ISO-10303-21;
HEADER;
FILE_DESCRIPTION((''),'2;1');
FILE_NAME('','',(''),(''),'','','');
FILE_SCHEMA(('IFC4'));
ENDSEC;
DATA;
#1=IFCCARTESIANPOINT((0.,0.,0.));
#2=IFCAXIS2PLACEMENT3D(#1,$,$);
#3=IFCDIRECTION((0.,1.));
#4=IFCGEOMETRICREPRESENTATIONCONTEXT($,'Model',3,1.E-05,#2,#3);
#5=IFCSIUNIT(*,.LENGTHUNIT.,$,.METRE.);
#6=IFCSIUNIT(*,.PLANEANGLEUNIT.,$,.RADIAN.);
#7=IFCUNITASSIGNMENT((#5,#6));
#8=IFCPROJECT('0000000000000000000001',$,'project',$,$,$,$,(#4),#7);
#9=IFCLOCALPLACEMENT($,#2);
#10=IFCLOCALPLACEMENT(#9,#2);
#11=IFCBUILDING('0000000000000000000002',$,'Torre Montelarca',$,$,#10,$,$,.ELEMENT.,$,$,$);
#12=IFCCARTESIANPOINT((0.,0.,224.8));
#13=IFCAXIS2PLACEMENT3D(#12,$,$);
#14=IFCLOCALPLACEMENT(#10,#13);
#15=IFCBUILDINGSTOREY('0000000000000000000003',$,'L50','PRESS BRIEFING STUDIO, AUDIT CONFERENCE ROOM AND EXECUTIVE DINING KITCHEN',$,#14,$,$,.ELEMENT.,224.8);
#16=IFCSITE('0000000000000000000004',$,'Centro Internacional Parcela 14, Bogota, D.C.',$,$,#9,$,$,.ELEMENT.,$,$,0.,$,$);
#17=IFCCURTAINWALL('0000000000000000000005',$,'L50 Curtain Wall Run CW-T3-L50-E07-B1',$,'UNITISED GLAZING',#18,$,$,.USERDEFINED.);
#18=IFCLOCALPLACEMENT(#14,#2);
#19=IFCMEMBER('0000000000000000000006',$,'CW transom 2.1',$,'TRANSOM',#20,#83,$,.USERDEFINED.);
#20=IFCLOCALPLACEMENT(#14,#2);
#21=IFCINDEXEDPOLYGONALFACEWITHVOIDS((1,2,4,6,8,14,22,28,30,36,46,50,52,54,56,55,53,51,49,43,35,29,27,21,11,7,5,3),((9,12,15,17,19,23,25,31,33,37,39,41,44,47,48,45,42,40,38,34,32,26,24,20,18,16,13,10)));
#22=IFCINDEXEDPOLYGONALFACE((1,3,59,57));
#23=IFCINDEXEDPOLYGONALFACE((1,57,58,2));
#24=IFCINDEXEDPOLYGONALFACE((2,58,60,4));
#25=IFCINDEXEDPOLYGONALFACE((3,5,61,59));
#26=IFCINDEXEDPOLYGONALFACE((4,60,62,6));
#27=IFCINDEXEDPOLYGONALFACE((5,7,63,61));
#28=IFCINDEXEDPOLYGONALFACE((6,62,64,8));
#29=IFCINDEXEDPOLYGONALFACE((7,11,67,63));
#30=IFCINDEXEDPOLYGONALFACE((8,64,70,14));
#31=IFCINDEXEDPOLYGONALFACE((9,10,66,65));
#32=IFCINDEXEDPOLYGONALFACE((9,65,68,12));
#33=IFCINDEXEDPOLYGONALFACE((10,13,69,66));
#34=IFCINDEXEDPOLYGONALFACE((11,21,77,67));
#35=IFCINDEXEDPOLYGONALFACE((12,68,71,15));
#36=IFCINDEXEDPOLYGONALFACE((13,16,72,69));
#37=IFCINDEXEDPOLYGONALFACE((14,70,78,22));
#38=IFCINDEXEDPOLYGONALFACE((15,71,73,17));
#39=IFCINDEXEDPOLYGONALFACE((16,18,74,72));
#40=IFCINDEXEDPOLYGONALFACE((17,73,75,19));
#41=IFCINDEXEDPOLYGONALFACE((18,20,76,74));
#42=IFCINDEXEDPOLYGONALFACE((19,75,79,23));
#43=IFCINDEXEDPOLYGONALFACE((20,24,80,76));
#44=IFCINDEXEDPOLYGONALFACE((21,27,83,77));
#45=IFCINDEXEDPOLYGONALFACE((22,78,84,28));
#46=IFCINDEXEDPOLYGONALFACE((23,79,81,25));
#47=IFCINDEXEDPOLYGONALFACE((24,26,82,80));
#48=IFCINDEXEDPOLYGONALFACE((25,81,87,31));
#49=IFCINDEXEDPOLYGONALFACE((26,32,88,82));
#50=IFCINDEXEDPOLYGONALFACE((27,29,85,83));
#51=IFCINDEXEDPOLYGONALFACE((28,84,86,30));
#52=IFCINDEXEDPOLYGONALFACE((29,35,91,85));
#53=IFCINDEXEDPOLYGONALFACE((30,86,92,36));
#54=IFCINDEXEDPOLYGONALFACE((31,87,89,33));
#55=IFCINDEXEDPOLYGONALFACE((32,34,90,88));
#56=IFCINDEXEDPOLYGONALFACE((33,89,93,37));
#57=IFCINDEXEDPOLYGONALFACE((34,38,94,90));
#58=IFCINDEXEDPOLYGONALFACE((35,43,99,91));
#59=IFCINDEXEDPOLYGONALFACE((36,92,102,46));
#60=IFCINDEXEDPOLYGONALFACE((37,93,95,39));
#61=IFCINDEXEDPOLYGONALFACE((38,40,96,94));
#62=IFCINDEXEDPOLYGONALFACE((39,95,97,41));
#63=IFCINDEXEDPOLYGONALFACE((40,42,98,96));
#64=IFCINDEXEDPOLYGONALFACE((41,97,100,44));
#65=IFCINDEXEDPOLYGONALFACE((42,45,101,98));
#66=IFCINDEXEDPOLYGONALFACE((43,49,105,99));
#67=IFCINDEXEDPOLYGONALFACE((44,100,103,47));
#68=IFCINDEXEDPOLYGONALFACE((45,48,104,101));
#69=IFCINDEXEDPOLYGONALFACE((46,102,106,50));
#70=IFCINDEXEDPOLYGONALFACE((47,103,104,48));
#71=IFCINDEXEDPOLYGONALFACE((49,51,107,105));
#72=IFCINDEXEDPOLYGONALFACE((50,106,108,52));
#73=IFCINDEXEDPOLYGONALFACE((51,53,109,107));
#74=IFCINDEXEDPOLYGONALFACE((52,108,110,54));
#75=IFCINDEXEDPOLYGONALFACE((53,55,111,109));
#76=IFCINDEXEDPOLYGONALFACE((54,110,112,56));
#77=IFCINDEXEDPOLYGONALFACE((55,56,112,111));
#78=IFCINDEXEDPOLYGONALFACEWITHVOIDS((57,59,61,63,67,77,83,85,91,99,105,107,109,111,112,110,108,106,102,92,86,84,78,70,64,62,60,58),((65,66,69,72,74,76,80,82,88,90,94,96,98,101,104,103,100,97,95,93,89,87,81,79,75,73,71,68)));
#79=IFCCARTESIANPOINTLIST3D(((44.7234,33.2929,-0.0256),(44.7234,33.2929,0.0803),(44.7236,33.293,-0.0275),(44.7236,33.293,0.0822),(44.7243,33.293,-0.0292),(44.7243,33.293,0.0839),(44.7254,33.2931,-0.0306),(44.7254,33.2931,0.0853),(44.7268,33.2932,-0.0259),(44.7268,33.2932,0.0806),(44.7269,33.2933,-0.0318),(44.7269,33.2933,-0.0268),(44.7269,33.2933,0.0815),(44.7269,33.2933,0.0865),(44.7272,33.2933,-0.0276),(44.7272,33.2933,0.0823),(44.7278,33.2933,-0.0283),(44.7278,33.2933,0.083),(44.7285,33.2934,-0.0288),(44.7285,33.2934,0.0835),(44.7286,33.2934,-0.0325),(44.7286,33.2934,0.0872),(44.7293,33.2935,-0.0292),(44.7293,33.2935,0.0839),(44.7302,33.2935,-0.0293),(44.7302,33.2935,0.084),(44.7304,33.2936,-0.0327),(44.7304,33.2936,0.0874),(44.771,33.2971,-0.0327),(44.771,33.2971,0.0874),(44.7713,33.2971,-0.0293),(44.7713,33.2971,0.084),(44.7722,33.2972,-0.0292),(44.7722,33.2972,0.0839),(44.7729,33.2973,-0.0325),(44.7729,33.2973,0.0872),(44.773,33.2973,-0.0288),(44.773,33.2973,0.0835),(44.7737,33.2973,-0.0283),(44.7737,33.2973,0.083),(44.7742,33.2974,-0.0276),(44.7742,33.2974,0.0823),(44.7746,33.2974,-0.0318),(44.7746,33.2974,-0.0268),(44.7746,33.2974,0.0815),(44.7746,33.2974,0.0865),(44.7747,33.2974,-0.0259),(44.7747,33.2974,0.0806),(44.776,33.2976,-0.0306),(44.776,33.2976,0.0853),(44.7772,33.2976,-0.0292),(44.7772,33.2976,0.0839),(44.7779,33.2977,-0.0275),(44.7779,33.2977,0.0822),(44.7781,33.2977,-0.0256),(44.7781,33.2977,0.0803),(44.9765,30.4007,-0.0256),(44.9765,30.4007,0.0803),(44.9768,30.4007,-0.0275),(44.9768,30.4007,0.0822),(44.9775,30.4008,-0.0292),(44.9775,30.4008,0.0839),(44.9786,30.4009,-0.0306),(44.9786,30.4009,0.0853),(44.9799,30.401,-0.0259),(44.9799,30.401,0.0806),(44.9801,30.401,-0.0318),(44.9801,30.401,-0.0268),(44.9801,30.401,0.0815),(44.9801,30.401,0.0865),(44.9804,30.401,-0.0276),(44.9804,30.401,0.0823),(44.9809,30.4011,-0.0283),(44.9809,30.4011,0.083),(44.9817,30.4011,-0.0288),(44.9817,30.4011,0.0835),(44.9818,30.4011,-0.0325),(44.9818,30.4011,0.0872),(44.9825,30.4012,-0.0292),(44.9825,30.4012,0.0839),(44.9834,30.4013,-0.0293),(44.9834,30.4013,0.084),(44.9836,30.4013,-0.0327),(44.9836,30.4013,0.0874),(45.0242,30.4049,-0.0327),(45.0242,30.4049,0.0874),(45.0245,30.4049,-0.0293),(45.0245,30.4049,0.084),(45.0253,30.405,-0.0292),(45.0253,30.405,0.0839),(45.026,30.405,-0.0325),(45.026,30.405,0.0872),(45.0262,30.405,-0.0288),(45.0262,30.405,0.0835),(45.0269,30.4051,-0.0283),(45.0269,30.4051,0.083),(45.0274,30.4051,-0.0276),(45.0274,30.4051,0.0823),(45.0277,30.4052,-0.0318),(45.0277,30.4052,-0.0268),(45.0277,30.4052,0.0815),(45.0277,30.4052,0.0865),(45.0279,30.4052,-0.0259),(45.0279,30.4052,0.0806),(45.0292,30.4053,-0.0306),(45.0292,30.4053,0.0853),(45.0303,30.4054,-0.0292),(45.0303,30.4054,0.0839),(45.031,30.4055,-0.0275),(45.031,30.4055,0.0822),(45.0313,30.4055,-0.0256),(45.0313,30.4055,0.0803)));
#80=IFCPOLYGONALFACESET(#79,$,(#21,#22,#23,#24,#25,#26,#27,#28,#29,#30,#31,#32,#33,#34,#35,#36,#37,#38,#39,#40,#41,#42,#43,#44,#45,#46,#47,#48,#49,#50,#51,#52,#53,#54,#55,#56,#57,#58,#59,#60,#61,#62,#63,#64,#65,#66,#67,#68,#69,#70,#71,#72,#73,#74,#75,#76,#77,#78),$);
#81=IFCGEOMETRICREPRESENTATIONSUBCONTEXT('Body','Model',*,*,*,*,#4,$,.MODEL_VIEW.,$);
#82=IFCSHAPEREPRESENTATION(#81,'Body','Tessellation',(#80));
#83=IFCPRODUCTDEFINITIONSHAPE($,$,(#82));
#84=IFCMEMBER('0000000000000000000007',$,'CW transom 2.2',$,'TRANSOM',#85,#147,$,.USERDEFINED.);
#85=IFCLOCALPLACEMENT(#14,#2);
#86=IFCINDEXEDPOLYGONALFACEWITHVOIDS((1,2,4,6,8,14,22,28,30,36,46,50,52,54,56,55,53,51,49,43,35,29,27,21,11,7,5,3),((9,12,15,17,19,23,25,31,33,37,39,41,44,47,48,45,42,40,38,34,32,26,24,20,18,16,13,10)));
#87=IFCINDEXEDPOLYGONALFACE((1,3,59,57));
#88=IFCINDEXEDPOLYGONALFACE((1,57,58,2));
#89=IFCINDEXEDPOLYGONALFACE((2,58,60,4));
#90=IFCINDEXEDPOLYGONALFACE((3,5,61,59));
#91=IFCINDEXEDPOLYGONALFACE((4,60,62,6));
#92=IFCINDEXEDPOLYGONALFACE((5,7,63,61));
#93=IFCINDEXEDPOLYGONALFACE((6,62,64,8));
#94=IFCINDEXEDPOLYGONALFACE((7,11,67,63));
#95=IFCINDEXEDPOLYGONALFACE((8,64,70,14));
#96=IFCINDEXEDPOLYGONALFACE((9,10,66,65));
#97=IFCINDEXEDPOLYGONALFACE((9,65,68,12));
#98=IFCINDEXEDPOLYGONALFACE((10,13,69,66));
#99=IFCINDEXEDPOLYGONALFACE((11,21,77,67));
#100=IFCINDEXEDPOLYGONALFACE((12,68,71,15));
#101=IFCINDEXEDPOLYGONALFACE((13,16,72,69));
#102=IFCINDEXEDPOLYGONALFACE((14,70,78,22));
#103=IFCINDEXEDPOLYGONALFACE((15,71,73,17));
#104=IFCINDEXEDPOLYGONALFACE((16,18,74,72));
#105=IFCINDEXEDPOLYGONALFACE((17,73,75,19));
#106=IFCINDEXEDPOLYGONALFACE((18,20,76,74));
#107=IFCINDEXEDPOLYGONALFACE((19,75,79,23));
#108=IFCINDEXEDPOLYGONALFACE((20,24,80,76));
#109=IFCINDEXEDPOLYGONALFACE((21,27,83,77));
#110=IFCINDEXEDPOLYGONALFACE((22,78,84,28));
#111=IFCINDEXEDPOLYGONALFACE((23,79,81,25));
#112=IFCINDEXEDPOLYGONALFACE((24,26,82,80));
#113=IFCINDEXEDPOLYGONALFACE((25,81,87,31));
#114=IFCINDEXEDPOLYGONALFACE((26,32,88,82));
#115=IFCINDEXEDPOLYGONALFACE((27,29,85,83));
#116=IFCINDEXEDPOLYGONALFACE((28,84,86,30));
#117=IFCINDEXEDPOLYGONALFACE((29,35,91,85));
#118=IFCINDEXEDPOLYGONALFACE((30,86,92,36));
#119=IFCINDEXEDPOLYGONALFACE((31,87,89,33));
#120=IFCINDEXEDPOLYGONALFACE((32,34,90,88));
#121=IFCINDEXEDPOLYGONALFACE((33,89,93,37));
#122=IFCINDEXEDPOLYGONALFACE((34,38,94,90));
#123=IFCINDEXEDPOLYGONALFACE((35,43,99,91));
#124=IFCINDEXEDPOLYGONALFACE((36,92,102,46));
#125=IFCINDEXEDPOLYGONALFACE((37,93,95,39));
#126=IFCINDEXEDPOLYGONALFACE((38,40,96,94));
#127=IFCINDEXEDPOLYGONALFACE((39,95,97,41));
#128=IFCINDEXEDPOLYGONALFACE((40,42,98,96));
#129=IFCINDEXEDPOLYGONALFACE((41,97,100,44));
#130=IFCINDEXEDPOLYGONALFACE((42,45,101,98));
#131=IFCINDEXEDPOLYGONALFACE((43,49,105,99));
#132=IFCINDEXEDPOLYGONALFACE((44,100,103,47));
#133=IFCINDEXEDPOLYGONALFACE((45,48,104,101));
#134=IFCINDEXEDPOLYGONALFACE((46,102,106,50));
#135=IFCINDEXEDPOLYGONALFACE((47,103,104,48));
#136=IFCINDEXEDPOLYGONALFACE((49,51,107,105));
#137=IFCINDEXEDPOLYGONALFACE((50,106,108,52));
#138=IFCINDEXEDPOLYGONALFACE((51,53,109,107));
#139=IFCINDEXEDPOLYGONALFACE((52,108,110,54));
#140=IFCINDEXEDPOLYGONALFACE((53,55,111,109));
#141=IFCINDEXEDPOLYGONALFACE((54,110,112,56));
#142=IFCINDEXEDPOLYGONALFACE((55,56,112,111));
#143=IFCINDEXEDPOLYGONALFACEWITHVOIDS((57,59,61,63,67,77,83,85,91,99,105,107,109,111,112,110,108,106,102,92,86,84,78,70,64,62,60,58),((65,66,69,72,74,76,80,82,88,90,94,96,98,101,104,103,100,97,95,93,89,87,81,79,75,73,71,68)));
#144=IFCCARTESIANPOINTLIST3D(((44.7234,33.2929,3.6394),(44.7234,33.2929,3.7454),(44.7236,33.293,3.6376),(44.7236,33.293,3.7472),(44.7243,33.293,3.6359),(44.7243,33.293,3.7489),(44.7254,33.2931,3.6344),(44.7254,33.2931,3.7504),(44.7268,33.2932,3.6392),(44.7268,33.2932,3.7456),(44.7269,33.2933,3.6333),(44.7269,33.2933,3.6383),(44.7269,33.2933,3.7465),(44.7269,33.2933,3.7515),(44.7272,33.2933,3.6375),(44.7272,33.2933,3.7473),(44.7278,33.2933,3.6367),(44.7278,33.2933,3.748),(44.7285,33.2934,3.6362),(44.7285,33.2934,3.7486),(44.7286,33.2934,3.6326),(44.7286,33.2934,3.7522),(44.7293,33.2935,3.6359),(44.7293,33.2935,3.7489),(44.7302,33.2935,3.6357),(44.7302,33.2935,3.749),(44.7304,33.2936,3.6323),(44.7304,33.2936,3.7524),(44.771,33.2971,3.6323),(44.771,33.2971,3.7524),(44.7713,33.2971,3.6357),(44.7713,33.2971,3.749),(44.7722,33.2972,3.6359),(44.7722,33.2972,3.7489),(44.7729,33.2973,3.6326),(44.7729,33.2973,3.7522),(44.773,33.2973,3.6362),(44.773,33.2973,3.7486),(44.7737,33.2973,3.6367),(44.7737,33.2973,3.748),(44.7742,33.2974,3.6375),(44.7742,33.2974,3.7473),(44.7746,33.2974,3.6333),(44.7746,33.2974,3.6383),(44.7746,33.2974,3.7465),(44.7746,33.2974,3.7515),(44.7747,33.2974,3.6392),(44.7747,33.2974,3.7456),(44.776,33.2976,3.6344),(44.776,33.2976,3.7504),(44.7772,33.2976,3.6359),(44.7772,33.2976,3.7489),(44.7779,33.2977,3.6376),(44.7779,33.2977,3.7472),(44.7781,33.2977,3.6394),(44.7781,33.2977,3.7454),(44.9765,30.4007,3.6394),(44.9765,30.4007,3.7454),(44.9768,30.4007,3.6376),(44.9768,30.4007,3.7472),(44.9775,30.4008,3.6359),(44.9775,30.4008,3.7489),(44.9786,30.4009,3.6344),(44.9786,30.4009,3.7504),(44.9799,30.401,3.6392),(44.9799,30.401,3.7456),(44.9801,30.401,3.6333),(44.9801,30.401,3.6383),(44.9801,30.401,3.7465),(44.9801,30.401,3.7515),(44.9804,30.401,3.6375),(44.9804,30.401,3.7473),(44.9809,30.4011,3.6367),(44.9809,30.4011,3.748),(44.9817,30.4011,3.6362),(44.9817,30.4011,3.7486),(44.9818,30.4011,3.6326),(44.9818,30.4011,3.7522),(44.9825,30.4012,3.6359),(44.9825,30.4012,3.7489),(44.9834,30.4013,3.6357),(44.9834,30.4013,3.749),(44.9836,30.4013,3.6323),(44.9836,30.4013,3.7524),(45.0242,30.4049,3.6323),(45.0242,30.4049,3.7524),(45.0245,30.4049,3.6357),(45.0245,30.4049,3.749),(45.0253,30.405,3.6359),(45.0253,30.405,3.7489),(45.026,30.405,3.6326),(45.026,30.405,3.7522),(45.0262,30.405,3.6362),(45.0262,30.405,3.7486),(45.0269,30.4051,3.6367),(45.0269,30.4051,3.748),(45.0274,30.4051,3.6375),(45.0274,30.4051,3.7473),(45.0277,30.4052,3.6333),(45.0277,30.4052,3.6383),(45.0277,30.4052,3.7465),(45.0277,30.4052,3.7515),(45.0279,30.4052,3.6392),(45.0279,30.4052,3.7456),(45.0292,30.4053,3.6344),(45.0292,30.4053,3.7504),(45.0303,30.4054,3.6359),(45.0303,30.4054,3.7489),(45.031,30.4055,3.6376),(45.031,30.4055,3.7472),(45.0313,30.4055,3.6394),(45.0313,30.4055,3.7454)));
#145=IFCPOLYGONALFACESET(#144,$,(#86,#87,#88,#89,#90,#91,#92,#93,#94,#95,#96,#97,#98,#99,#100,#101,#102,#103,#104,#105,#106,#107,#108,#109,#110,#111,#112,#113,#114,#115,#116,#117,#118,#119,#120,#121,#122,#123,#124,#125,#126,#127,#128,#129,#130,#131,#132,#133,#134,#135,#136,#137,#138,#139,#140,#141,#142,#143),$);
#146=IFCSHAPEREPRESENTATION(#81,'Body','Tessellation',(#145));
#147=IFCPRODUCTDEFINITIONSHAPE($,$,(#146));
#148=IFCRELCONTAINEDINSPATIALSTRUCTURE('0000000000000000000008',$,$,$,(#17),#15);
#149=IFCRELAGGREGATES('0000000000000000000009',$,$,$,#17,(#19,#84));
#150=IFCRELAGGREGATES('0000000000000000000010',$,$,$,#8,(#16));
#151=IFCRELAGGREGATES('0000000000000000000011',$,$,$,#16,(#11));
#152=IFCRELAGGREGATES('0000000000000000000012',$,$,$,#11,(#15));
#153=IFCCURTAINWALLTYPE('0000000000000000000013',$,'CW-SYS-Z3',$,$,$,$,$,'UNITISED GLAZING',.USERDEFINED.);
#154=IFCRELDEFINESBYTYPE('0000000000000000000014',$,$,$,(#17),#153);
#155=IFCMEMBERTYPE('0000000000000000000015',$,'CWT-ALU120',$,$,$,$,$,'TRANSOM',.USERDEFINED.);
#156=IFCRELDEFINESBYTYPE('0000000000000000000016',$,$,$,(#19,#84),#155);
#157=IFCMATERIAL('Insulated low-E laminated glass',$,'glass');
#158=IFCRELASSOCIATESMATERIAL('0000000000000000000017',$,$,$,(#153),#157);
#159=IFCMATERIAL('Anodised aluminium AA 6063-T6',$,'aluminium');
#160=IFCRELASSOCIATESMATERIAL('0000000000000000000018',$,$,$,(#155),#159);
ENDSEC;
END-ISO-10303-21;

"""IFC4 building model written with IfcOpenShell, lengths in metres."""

from ifc_helpers import new_model, si_unit, direction, frame, origin, origin_2d, place, context, subcontext, project, spatial, hollow_rectangle, extrude, source, transform, mapped, material, material_profile, profile_set, type_object, element, aggregate, save


model = new_model("IFC4")

# Units and contexts
model_context = context("Model", 3, precision=1e-05, world=origin(), true_north=direction((0.0, 1.0)))
body_context = subcontext(model_context, "Body", "Model", "MODEL_VIEW")
ifc_project = project(units=[si_unit("LENGTHUNIT", "METRE"), si_unit("PLANEANGLEUNIT", "RADIAN")], contexts=[model_context])

# Site, building, storey
site_placement = place(None, origin())
site = spatial("IfcSite", under=ifc_project, at=site_placement, Name="Centro Internacional Parcela 14, Bogota, D.C.", CompositionType="ELEMENT", RefElevation=0.0)
building_placement = place(site_placement, origin())
building = spatial("IfcBuilding", under=site, at=building_placement, Name="Torre Montelarca", CompositionType="ELEMENT")
storey_placement = place(building_placement, frame((0.0, 0.0, 224.8)))
storey = spatial("IfcBuildingStorey", under=building, at=storey_placement, Name="L50", Description="PRESS BRIEFING STUDIO, AUDIT CONFERENCE ROOM AND EXECUTIVE DINING KITCHEN", CompositionType="ELEMENT", Elevation=224.8)

# Curtain wall, members
ifc_material_1 = material(Name="Insulated low-E laminated glass", Category="glass")
curtain_wall_type = type_object("IfcCurtainWallType", Name="CW-SYS-Z3", ElementType="UNITISED GLAZING", PredefinedType="USERDEFINED", material=ifc_material_1)
ifc_material_2 = material(Name="Anodised aluminium AA 6063-T6", Category="aluminium")
ifc_material_profile_1 = material_profile(ifc_material_2, hollow_rectangle(XDim=0.0549, YDim=0.1201, WallThickness=0.0034, InnerFilletRadius=0.0034, OuterFilletRadius=0.0071, at=origin_2d()), Name="ALU55X120X3.5", Category="aluminium")
ifc_profile_set_1 = profile_set([ifc_material_profile_1], Name="Anodised aluminium AA 6063-T6")
member_type_1 = type_object("IfcMemberType", Name="CWT-ALU120", ElementType="TRANSOM", PredefinedType="USERDEFINED", material=ifc_profile_set_1)
curtain_wall_1_placement = place(storey_placement, origin())
curtain_wall_1 = element("IfcCurtainWall", 1, at=curtain_wall_1_placement, inside=storey, type_object=curtain_wall_type, Name="L50 Curtain Wall Run CW-T3-L50-E07-B1", ObjectType="UNITISED GLAZING", PredefinedType="USERDEFINED")
shared_shape_1 = source(origin(), body_context, "Body", "SweptSolid", [
    extrude(hollow_rectangle(XDim=0.0549, YDim=0.1201, WallThickness=0.0034, InnerFilletRadius=0.0034, OuterFilletRadius=0.0071, at=origin_2d()), origin(), (0.0, 0.0, 1.0), 2.9033),
])
member_1_placement = place(storey_placement, frame((45.0039, 30.4031, 0.0273), z_axis=(-0.087199, 0.996191, 0.0), x_axis=(-0.996191, -0.087199, 0.0)))
member_1 = element("IfcMember", 2, at=member_1_placement, type_object=member_type_1, Name="CW transom 2.1", ObjectType="TRANSOM", PredefinedType="USERDEFINED", context=body_context, shape_type="MappedRepresentation", body=[
    mapped(shared_shape_1, transform((0.0, 0.0, 0.0), scale=1.0)),
])
member_2_placement = place(storey_placement, frame((45.0039, 30.4031, 3.6924), z_axis=(-0.087199, 0.996191, 0.0), x_axis=(-0.996191, -0.087199, 0.0)))
member_2 = element("IfcMember", 3, at=member_2_placement, type_object=member_type_1, Name="CW transom 2.2", ObjectType="TRANSOM", PredefinedType="USERDEFINED", context=body_context, shape_type="MappedRepresentation", body=[
    mapped(shared_shape_1, transform((0.0, 0.0, 0.0), scale=1.0)),
])

aggregate(curtain_wall_1, [member_1, member_2])

save(model, "model.ifc")
